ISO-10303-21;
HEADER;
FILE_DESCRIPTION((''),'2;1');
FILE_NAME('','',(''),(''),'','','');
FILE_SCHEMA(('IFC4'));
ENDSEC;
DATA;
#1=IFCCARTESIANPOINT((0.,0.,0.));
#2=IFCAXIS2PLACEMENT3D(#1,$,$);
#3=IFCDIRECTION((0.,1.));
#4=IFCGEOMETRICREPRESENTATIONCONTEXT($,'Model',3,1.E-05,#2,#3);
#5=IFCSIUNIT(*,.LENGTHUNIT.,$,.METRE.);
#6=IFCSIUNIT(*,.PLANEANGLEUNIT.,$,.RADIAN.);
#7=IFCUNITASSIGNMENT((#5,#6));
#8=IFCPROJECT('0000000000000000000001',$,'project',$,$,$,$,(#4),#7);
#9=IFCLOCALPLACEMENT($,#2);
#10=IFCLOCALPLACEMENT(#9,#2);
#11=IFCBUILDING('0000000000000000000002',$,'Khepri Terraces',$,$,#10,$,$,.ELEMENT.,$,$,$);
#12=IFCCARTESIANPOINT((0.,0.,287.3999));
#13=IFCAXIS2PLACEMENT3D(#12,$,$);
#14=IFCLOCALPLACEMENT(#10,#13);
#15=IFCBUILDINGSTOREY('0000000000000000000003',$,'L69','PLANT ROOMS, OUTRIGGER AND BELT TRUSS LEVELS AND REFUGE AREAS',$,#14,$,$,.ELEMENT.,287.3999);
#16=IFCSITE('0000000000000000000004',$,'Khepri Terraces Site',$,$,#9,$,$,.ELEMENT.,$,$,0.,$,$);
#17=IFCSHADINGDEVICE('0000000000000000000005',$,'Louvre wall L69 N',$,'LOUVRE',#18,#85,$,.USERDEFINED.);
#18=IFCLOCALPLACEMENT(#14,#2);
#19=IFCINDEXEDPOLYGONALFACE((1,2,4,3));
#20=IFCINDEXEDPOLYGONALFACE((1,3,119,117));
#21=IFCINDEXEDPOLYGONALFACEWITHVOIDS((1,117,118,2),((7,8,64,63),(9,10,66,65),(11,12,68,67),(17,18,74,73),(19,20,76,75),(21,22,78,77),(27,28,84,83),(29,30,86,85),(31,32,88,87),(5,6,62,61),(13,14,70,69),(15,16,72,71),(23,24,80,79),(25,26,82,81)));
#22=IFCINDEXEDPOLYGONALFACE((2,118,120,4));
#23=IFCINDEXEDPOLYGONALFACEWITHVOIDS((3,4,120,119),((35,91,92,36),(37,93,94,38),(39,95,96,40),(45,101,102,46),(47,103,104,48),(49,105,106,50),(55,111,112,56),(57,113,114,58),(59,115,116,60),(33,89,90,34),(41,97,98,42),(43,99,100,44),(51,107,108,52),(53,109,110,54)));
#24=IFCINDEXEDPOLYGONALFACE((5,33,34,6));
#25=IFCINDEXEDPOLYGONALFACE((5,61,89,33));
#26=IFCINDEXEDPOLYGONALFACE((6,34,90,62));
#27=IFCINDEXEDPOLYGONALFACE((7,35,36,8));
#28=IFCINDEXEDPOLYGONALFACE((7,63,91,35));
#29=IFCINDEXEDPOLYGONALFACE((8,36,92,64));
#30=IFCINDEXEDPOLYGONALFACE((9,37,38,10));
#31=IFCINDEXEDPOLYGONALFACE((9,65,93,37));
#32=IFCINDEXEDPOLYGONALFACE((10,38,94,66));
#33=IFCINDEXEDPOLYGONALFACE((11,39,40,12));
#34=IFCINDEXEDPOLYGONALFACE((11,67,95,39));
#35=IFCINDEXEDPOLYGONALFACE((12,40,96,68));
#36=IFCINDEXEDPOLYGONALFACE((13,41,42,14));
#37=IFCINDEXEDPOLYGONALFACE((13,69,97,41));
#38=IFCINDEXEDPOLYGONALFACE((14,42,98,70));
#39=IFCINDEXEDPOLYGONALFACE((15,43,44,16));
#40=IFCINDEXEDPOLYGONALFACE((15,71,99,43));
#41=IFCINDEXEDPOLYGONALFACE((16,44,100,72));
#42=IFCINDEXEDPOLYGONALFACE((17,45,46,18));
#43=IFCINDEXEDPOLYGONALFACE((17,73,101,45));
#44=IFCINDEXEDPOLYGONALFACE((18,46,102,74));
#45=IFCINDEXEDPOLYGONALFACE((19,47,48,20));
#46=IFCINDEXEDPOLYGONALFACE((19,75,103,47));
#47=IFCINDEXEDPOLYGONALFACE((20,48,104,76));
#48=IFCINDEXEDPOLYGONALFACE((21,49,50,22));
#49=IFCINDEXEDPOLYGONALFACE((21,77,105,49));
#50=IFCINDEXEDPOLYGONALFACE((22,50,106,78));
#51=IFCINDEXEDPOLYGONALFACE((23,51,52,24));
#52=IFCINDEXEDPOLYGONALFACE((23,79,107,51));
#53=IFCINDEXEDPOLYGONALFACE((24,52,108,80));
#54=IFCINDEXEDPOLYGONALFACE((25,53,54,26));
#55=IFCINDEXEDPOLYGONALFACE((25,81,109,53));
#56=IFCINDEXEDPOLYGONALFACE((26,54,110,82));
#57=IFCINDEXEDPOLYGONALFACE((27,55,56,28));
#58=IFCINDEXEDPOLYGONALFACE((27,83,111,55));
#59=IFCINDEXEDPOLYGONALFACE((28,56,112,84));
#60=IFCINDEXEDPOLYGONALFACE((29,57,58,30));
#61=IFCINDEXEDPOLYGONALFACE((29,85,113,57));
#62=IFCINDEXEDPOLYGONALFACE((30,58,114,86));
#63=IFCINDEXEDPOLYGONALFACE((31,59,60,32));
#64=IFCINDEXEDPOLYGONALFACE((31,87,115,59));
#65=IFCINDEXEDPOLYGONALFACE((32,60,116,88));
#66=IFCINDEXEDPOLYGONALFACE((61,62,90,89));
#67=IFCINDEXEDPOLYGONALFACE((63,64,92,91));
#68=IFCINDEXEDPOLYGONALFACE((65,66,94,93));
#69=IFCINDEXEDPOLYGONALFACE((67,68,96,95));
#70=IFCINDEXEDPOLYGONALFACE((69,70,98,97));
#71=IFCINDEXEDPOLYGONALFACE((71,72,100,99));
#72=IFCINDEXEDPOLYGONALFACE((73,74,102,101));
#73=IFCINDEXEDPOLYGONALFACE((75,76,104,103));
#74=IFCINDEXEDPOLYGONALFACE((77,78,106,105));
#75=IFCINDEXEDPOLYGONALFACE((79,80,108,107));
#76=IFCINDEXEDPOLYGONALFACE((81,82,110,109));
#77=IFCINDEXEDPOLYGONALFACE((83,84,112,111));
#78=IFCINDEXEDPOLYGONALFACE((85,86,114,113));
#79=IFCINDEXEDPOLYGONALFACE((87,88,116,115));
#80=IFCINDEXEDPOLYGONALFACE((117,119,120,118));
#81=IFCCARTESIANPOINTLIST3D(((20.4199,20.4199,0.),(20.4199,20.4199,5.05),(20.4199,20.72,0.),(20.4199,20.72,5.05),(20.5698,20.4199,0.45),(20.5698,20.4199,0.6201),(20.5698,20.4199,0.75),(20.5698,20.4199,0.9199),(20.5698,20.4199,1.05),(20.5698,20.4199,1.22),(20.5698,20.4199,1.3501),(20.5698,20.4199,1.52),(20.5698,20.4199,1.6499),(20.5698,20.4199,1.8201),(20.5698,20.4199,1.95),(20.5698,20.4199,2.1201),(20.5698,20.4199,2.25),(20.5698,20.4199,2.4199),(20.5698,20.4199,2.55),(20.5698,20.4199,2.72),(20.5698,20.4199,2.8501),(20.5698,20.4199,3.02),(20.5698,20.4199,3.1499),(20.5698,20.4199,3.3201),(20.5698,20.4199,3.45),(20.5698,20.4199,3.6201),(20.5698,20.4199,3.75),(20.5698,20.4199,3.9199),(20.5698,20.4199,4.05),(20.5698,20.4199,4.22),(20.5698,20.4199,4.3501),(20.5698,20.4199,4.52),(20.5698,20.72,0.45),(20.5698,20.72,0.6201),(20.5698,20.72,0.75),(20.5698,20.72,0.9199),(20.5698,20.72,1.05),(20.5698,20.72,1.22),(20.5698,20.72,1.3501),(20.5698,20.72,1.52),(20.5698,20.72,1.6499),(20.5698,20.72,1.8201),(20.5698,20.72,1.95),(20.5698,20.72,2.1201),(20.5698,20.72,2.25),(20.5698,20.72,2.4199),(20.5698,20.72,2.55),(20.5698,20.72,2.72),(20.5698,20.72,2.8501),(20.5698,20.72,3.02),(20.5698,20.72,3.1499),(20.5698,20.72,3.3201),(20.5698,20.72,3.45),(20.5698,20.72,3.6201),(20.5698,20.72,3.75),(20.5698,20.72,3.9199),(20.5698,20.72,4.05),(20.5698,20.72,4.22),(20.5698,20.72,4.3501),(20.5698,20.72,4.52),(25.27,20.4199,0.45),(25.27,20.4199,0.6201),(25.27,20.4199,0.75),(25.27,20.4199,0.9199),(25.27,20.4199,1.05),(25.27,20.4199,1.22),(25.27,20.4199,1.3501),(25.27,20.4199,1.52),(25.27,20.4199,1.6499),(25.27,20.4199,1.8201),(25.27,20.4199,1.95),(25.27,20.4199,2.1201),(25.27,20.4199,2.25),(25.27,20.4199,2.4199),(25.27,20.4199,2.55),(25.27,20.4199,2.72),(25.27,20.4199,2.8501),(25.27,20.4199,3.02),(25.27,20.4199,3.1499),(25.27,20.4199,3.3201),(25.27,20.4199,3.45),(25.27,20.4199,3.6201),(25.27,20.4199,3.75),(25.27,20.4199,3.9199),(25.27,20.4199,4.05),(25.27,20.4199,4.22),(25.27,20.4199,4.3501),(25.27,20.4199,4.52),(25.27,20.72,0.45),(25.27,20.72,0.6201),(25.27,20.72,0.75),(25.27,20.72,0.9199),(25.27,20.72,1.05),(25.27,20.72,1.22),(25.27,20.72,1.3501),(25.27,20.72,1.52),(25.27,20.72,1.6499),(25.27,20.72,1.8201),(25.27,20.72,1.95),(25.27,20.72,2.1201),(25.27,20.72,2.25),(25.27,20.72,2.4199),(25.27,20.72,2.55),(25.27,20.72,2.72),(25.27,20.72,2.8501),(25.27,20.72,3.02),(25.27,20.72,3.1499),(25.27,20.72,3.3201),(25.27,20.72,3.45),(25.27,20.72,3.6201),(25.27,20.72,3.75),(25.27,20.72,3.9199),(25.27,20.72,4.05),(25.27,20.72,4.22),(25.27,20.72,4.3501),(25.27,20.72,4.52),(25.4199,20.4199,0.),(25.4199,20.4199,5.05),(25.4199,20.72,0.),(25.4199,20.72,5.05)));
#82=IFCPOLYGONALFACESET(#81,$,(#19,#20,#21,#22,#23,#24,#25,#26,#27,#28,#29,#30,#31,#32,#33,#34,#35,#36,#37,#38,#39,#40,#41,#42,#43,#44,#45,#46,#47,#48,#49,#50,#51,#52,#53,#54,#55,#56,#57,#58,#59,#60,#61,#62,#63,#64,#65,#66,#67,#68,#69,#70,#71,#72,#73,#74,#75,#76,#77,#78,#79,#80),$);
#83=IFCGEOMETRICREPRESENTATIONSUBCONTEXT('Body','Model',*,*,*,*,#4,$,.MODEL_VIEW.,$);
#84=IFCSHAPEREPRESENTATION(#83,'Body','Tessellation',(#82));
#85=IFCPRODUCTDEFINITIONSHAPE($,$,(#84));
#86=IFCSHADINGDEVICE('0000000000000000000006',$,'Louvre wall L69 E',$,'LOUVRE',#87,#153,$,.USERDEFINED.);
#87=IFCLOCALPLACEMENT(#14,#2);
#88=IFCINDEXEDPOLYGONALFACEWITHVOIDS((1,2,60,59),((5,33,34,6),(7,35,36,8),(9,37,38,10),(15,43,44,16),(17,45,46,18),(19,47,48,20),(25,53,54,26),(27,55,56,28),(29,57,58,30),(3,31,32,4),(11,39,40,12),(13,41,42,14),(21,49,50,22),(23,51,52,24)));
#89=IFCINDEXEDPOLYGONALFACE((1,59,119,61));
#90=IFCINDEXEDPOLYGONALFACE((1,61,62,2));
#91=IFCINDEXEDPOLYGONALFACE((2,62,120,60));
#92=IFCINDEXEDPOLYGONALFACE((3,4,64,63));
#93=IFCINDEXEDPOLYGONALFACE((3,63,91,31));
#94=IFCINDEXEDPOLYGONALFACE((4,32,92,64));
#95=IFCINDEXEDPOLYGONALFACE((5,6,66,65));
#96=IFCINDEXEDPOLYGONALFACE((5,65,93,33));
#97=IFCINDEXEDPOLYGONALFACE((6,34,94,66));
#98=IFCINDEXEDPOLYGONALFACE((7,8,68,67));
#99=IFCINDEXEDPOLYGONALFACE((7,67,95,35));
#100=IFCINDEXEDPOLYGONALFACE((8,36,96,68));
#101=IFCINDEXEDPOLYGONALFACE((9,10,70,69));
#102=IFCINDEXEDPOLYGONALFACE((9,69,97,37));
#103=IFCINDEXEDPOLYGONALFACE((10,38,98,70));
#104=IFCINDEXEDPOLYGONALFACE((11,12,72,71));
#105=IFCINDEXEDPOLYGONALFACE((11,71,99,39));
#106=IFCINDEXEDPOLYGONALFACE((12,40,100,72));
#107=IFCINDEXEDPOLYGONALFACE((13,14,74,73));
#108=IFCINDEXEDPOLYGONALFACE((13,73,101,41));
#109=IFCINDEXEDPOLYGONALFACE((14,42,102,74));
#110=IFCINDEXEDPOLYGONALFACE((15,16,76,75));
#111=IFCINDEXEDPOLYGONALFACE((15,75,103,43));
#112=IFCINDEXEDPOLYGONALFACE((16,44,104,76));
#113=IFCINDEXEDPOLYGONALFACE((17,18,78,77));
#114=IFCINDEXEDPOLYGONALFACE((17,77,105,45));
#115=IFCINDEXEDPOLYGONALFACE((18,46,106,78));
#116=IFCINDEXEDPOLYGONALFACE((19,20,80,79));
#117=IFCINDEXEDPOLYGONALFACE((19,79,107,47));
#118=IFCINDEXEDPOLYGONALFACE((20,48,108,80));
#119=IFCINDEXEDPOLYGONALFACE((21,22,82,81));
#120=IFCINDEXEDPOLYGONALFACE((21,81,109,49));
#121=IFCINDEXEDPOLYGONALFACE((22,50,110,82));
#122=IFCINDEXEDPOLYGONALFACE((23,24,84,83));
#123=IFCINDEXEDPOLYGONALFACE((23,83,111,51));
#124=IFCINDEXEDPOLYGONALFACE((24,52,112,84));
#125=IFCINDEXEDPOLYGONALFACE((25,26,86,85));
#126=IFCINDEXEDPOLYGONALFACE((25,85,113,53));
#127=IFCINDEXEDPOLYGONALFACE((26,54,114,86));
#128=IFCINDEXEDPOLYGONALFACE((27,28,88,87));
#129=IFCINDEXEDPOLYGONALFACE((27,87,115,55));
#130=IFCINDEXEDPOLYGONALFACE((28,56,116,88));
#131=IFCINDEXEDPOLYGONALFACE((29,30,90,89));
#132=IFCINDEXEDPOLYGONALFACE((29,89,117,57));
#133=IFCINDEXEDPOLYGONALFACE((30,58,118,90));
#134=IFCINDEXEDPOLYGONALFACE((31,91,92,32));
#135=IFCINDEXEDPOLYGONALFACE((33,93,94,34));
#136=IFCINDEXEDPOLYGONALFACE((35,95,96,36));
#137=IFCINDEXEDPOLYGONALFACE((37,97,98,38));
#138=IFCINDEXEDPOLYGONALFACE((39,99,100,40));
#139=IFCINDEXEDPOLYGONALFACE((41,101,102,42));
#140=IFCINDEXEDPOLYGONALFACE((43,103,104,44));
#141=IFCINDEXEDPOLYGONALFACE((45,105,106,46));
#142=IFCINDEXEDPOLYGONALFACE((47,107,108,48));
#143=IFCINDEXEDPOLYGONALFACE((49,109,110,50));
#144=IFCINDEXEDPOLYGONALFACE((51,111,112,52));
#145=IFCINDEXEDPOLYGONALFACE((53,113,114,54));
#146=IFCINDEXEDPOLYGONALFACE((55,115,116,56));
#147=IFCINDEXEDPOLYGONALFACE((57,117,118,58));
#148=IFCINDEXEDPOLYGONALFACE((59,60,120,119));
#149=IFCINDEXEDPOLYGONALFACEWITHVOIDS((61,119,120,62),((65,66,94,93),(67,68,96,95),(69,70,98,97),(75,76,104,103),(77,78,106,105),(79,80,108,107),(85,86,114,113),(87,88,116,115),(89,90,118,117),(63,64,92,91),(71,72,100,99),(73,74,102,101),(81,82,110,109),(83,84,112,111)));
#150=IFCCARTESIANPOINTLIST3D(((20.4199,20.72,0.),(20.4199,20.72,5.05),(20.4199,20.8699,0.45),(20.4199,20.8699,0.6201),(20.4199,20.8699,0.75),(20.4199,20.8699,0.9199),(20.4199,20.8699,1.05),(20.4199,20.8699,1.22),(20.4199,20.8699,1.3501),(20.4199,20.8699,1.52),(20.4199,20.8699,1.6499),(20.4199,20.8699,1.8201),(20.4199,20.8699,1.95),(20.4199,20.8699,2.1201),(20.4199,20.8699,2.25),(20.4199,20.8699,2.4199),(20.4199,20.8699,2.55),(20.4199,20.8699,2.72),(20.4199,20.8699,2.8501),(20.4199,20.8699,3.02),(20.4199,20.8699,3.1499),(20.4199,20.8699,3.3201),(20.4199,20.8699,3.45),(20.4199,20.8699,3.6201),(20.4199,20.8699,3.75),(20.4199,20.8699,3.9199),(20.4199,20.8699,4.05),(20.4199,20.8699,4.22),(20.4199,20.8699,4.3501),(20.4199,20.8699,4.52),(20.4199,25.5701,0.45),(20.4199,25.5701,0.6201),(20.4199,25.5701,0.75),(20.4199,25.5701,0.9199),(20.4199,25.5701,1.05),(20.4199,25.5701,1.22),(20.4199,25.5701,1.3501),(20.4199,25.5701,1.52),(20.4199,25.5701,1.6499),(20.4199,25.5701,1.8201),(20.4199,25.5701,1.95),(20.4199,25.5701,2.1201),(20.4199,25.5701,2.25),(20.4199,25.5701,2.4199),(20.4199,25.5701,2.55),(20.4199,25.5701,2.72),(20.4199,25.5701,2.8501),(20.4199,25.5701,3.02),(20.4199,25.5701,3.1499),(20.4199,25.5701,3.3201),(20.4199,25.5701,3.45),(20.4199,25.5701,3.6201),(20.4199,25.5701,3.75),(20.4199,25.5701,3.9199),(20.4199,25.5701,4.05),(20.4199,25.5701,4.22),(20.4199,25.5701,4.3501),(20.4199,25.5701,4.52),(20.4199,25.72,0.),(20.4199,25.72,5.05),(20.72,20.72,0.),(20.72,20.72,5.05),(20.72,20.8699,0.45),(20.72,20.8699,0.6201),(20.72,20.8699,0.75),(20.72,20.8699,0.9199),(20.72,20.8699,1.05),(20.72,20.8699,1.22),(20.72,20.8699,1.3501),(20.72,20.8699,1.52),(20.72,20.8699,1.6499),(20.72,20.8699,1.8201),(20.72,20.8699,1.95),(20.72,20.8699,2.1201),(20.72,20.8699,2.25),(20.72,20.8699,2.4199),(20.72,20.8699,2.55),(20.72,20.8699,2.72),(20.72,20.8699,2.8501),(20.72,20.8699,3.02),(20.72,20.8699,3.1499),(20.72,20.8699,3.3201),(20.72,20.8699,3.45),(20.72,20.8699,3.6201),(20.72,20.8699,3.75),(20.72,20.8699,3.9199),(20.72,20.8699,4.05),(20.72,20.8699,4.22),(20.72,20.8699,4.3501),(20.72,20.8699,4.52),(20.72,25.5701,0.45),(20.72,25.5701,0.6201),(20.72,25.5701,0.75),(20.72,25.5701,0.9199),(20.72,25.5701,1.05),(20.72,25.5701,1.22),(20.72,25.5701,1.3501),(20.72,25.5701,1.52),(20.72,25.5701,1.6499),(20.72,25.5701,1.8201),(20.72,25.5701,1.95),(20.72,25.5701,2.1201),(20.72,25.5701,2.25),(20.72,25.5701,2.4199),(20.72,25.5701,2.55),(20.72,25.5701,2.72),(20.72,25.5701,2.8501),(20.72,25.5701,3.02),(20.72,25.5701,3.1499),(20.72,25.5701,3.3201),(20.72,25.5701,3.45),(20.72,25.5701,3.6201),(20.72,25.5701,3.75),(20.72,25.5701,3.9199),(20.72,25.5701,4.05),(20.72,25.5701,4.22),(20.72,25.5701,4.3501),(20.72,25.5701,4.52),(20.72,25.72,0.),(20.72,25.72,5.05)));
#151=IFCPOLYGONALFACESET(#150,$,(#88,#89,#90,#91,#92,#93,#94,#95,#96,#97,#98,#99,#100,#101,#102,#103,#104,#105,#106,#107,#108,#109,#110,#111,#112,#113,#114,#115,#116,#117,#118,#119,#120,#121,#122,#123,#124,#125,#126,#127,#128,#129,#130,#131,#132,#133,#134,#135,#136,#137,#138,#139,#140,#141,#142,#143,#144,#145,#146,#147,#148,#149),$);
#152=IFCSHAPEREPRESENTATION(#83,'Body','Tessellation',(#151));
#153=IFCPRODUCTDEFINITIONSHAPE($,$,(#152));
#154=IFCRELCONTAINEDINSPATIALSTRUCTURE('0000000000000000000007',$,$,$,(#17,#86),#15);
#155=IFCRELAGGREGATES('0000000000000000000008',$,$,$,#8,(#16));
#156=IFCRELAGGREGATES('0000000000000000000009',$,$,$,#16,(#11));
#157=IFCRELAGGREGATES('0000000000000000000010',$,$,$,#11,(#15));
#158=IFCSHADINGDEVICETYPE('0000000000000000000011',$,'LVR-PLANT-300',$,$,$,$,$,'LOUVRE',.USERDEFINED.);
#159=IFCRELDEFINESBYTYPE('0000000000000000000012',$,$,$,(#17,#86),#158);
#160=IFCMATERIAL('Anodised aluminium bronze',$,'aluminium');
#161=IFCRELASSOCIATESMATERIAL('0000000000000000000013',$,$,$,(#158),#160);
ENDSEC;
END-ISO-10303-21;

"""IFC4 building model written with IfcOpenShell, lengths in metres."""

from ifc_helpers import new_model, si_unit, direction, frame, origin, place, context, subcontext, project, spatial, polyline, outline, extrude, material, type_object, element, save


model = new_model("IFC4")

# Units and contexts
model_context = context("Model", 3, precision=1e-05, world=origin(), true_north=direction((0.0, 1.0)))
body_context = subcontext(model_context, "Body", "Model", "MODEL_VIEW")
ifc_project = project(units=[si_unit("LENGTHUNIT", "METRE"), si_unit("PLANEANGLEUNIT", "RADIAN")], contexts=[model_context])

# Site, building, storey
site_placement = place(None, origin())
site = spatial("IfcSite", under=ifc_project, at=site_placement, Name="Khepri Terraces Site", CompositionType="ELEMENT", RefElevation=0.0)
building_placement = place(site_placement, origin())
building = spatial("IfcBuilding", under=site, at=building_placement, Name="Khepri Terraces", CompositionType="ELEMENT")
storey_placement = place(building_placement, frame((0.0, 0.0, 287.3999)))
storey = spatial("IfcBuildingStorey", under=building, at=storey_placement, Name="L69", Description="PLANT ROOMS, OUTRIGGER AND BELT TRUSS LEVELS AND REFUGE AREAS", CompositionType="ELEMENT", Elevation=287.3999)

# Shading devices
ifc_material_1 = material(Name="Anodised aluminium bronze", Category="aluminium")
shading_device_type = type_object("IfcShadingDeviceType", Name="LVR-PLANT-300", ElementType="LOUVRE", PredefinedType="USERDEFINED", material=ifc_material_1)
shading_device_1_placement = place(storey_placement, frame((25.4199, 20.4199, 0.0), z_axis=(0.0, 1.0, 0.0), x_axis=(-1.0, 0.0, 0.0)))
element("IfcShadingDevice", 1, at=shading_device_1_placement, inside=storey, type_object=shading_device_type, Name="Louvre wall L69 N", ObjectType="LOUVRE", PredefinedType="USERDEFINED", context=body_context, shape_type="SweptSolid", body=[
    extrude(outline(polyline([(0.0, 0.0), (5.0, 0.0), (5.0, 5.05), (0.0, 5.05), (0.0, 0.0)]), holes=[polyline([(0.1499, 0.45), (4.8501, 0.45), (4.8501, 0.6201), (0.1499, 0.6201), (0.1499, 0.45)]), polyline([(0.1499, 0.75), (4.8501, 0.75), (4.8501, 0.9199), (0.1499, 0.9199), (0.1499, 0.75)]), polyline([(0.1499, 1.05), (4.8501, 1.05), (4.8501, 1.22), (0.1499, 1.22), (0.1499, 1.05)]), polyline([(0.1499, 1.3501), (4.8501, 1.3501), (4.8501, 1.52), (0.1499, 1.52), (0.1499, 1.3501)]), polyline([(0.1499, 1.6499), (4.8501, 1.6499), (4.8501, 1.8201), (0.1499, 1.8201), (0.1499, 1.6499)]), polyline([(0.1499, 1.95), (4.8501, 1.95), (4.8501, 2.1201), (0.1499, 2.1201), (0.1499, 1.95)]), polyline([(0.1499, 2.25), (4.8501, 2.25), (4.8501, 2.4199), (0.1499, 2.4199), (0.1499, 2.25)]), polyline([(0.1499, 2.55), (4.8501, 2.55), (4.8501, 2.72), (0.1499, 2.72), (0.1499, 2.55)]), polyline([(0.1499, 2.8501), (4.8501, 2.8501), (4.8501, 3.02), (0.1499, 3.02), (0.1499, 2.8501)]), polyline([(0.1499, 3.1499), (4.8501, 3.1499), (4.8501, 3.3201), (0.1499, 3.3201), (0.1499, 3.1499)]), polyline([(0.1499, 3.45), (4.8501, 3.45), (4.8501, 3.6201), (0.1499, 3.6201), (0.1499, 3.45)]), polyline([(0.1499, 3.75), (4.8501, 3.75), (4.8501, 3.9199), (0.1499, 3.9199), (0.1499, 3.75)]), polyline([(0.1499, 4.05), (4.8501, 4.05), (4.8501, 4.22), (0.1499, 4.22), (0.1499, 4.05)]), polyline([(0.1499, 4.3501), (4.8501, 4.3501), (4.8501, 4.52), (0.1499, 4.52), (0.1499, 4.3501)])]), origin(), (0.0, 0.0, 1.0), 0.3),
])
shading_device_2_placement = place(storey_placement, frame((20.4199, 20.72, 0.0), z_axis=(1.0, 0.0, 0.0), x_axis=(0.0, 1.0, 0.0)))
element("IfcShadingDevice", 2, at=shading_device_2_placement, inside=storey, type_object=shading_device_type, Name="Louvre wall L69 E", ObjectType="LOUVRE", PredefinedType="USERDEFINED", context=body_context, shape_type="SweptSolid", body=[
    extrude(outline(polyline([(0.0, 0.0), (5.0, 0.0), (5.0, 5.05), (0.0, 5.05), (0.0, 0.0)]), holes=[polyline([(0.1499, 0.45), (4.8501, 0.45), (4.8501, 0.6201), (0.1499, 0.6201), (0.1499, 0.45)]), polyline([(0.1499, 0.75), (4.8501, 0.75), (4.8501, 0.9199), (0.1499, 0.9199), (0.1499, 0.75)]), polyline([(0.1499, 1.05), (4.8501, 1.05), (4.8501, 1.22), (0.1499, 1.22), (0.1499, 1.05)]), polyline([(0.1499, 1.3501), (4.8501, 1.3501), (4.8501, 1.52), (0.1499, 1.52), (0.1499, 1.3501)]), polyline([(0.1499, 1.6499), (4.8501, 1.6499), (4.8501, 1.8201), (0.1499, 1.8201), (0.1499, 1.6499)]), polyline([(0.1499, 1.95), (4.8501, 1.95), (4.8501, 2.1201), (0.1499, 2.1201), (0.1499, 1.95)]), polyline([(0.1499, 2.25), (4.8501, 2.25), (4.8501, 2.4199), (0.1499, 2.4199), (0.1499, 2.25)]), polyline([(0.1499, 2.55), (4.8501, 2.55), (4.8501, 2.72), (0.1499, 2.72), (0.1499, 2.55)]), polyline([(0.1499, 2.8501), (4.8501, 2.8501), (4.8501, 3.02), (0.1499, 3.02), (0.1499, 2.8501)]), polyline([(0.1499, 3.1499), (4.8501, 3.1499), (4.8501, 3.3201), (0.1499, 3.3201), (0.1499, 3.1499)]), polyline([(0.1499, 3.45), (4.8501, 3.45), (4.8501, 3.6201), (0.1499, 3.6201), (0.1499, 3.45)]), polyline([(0.1499, 3.75), (4.8501, 3.75), (4.8501, 3.9199), (0.1499, 3.9199), (0.1499, 3.75)]), polyline([(0.1499, 4.05), (4.8501, 4.05), (4.8501, 4.22), (0.1499, 4.22), (0.1499, 4.05)]), polyline([(0.1499, 4.3501), (4.8501, 4.3501), (4.8501, 4.52), (0.1499, 4.52), (0.1499, 4.3501)])]), origin(), (0.0, 0.0, 1.0), 0.3),
])

save(model, "model.ifc")
